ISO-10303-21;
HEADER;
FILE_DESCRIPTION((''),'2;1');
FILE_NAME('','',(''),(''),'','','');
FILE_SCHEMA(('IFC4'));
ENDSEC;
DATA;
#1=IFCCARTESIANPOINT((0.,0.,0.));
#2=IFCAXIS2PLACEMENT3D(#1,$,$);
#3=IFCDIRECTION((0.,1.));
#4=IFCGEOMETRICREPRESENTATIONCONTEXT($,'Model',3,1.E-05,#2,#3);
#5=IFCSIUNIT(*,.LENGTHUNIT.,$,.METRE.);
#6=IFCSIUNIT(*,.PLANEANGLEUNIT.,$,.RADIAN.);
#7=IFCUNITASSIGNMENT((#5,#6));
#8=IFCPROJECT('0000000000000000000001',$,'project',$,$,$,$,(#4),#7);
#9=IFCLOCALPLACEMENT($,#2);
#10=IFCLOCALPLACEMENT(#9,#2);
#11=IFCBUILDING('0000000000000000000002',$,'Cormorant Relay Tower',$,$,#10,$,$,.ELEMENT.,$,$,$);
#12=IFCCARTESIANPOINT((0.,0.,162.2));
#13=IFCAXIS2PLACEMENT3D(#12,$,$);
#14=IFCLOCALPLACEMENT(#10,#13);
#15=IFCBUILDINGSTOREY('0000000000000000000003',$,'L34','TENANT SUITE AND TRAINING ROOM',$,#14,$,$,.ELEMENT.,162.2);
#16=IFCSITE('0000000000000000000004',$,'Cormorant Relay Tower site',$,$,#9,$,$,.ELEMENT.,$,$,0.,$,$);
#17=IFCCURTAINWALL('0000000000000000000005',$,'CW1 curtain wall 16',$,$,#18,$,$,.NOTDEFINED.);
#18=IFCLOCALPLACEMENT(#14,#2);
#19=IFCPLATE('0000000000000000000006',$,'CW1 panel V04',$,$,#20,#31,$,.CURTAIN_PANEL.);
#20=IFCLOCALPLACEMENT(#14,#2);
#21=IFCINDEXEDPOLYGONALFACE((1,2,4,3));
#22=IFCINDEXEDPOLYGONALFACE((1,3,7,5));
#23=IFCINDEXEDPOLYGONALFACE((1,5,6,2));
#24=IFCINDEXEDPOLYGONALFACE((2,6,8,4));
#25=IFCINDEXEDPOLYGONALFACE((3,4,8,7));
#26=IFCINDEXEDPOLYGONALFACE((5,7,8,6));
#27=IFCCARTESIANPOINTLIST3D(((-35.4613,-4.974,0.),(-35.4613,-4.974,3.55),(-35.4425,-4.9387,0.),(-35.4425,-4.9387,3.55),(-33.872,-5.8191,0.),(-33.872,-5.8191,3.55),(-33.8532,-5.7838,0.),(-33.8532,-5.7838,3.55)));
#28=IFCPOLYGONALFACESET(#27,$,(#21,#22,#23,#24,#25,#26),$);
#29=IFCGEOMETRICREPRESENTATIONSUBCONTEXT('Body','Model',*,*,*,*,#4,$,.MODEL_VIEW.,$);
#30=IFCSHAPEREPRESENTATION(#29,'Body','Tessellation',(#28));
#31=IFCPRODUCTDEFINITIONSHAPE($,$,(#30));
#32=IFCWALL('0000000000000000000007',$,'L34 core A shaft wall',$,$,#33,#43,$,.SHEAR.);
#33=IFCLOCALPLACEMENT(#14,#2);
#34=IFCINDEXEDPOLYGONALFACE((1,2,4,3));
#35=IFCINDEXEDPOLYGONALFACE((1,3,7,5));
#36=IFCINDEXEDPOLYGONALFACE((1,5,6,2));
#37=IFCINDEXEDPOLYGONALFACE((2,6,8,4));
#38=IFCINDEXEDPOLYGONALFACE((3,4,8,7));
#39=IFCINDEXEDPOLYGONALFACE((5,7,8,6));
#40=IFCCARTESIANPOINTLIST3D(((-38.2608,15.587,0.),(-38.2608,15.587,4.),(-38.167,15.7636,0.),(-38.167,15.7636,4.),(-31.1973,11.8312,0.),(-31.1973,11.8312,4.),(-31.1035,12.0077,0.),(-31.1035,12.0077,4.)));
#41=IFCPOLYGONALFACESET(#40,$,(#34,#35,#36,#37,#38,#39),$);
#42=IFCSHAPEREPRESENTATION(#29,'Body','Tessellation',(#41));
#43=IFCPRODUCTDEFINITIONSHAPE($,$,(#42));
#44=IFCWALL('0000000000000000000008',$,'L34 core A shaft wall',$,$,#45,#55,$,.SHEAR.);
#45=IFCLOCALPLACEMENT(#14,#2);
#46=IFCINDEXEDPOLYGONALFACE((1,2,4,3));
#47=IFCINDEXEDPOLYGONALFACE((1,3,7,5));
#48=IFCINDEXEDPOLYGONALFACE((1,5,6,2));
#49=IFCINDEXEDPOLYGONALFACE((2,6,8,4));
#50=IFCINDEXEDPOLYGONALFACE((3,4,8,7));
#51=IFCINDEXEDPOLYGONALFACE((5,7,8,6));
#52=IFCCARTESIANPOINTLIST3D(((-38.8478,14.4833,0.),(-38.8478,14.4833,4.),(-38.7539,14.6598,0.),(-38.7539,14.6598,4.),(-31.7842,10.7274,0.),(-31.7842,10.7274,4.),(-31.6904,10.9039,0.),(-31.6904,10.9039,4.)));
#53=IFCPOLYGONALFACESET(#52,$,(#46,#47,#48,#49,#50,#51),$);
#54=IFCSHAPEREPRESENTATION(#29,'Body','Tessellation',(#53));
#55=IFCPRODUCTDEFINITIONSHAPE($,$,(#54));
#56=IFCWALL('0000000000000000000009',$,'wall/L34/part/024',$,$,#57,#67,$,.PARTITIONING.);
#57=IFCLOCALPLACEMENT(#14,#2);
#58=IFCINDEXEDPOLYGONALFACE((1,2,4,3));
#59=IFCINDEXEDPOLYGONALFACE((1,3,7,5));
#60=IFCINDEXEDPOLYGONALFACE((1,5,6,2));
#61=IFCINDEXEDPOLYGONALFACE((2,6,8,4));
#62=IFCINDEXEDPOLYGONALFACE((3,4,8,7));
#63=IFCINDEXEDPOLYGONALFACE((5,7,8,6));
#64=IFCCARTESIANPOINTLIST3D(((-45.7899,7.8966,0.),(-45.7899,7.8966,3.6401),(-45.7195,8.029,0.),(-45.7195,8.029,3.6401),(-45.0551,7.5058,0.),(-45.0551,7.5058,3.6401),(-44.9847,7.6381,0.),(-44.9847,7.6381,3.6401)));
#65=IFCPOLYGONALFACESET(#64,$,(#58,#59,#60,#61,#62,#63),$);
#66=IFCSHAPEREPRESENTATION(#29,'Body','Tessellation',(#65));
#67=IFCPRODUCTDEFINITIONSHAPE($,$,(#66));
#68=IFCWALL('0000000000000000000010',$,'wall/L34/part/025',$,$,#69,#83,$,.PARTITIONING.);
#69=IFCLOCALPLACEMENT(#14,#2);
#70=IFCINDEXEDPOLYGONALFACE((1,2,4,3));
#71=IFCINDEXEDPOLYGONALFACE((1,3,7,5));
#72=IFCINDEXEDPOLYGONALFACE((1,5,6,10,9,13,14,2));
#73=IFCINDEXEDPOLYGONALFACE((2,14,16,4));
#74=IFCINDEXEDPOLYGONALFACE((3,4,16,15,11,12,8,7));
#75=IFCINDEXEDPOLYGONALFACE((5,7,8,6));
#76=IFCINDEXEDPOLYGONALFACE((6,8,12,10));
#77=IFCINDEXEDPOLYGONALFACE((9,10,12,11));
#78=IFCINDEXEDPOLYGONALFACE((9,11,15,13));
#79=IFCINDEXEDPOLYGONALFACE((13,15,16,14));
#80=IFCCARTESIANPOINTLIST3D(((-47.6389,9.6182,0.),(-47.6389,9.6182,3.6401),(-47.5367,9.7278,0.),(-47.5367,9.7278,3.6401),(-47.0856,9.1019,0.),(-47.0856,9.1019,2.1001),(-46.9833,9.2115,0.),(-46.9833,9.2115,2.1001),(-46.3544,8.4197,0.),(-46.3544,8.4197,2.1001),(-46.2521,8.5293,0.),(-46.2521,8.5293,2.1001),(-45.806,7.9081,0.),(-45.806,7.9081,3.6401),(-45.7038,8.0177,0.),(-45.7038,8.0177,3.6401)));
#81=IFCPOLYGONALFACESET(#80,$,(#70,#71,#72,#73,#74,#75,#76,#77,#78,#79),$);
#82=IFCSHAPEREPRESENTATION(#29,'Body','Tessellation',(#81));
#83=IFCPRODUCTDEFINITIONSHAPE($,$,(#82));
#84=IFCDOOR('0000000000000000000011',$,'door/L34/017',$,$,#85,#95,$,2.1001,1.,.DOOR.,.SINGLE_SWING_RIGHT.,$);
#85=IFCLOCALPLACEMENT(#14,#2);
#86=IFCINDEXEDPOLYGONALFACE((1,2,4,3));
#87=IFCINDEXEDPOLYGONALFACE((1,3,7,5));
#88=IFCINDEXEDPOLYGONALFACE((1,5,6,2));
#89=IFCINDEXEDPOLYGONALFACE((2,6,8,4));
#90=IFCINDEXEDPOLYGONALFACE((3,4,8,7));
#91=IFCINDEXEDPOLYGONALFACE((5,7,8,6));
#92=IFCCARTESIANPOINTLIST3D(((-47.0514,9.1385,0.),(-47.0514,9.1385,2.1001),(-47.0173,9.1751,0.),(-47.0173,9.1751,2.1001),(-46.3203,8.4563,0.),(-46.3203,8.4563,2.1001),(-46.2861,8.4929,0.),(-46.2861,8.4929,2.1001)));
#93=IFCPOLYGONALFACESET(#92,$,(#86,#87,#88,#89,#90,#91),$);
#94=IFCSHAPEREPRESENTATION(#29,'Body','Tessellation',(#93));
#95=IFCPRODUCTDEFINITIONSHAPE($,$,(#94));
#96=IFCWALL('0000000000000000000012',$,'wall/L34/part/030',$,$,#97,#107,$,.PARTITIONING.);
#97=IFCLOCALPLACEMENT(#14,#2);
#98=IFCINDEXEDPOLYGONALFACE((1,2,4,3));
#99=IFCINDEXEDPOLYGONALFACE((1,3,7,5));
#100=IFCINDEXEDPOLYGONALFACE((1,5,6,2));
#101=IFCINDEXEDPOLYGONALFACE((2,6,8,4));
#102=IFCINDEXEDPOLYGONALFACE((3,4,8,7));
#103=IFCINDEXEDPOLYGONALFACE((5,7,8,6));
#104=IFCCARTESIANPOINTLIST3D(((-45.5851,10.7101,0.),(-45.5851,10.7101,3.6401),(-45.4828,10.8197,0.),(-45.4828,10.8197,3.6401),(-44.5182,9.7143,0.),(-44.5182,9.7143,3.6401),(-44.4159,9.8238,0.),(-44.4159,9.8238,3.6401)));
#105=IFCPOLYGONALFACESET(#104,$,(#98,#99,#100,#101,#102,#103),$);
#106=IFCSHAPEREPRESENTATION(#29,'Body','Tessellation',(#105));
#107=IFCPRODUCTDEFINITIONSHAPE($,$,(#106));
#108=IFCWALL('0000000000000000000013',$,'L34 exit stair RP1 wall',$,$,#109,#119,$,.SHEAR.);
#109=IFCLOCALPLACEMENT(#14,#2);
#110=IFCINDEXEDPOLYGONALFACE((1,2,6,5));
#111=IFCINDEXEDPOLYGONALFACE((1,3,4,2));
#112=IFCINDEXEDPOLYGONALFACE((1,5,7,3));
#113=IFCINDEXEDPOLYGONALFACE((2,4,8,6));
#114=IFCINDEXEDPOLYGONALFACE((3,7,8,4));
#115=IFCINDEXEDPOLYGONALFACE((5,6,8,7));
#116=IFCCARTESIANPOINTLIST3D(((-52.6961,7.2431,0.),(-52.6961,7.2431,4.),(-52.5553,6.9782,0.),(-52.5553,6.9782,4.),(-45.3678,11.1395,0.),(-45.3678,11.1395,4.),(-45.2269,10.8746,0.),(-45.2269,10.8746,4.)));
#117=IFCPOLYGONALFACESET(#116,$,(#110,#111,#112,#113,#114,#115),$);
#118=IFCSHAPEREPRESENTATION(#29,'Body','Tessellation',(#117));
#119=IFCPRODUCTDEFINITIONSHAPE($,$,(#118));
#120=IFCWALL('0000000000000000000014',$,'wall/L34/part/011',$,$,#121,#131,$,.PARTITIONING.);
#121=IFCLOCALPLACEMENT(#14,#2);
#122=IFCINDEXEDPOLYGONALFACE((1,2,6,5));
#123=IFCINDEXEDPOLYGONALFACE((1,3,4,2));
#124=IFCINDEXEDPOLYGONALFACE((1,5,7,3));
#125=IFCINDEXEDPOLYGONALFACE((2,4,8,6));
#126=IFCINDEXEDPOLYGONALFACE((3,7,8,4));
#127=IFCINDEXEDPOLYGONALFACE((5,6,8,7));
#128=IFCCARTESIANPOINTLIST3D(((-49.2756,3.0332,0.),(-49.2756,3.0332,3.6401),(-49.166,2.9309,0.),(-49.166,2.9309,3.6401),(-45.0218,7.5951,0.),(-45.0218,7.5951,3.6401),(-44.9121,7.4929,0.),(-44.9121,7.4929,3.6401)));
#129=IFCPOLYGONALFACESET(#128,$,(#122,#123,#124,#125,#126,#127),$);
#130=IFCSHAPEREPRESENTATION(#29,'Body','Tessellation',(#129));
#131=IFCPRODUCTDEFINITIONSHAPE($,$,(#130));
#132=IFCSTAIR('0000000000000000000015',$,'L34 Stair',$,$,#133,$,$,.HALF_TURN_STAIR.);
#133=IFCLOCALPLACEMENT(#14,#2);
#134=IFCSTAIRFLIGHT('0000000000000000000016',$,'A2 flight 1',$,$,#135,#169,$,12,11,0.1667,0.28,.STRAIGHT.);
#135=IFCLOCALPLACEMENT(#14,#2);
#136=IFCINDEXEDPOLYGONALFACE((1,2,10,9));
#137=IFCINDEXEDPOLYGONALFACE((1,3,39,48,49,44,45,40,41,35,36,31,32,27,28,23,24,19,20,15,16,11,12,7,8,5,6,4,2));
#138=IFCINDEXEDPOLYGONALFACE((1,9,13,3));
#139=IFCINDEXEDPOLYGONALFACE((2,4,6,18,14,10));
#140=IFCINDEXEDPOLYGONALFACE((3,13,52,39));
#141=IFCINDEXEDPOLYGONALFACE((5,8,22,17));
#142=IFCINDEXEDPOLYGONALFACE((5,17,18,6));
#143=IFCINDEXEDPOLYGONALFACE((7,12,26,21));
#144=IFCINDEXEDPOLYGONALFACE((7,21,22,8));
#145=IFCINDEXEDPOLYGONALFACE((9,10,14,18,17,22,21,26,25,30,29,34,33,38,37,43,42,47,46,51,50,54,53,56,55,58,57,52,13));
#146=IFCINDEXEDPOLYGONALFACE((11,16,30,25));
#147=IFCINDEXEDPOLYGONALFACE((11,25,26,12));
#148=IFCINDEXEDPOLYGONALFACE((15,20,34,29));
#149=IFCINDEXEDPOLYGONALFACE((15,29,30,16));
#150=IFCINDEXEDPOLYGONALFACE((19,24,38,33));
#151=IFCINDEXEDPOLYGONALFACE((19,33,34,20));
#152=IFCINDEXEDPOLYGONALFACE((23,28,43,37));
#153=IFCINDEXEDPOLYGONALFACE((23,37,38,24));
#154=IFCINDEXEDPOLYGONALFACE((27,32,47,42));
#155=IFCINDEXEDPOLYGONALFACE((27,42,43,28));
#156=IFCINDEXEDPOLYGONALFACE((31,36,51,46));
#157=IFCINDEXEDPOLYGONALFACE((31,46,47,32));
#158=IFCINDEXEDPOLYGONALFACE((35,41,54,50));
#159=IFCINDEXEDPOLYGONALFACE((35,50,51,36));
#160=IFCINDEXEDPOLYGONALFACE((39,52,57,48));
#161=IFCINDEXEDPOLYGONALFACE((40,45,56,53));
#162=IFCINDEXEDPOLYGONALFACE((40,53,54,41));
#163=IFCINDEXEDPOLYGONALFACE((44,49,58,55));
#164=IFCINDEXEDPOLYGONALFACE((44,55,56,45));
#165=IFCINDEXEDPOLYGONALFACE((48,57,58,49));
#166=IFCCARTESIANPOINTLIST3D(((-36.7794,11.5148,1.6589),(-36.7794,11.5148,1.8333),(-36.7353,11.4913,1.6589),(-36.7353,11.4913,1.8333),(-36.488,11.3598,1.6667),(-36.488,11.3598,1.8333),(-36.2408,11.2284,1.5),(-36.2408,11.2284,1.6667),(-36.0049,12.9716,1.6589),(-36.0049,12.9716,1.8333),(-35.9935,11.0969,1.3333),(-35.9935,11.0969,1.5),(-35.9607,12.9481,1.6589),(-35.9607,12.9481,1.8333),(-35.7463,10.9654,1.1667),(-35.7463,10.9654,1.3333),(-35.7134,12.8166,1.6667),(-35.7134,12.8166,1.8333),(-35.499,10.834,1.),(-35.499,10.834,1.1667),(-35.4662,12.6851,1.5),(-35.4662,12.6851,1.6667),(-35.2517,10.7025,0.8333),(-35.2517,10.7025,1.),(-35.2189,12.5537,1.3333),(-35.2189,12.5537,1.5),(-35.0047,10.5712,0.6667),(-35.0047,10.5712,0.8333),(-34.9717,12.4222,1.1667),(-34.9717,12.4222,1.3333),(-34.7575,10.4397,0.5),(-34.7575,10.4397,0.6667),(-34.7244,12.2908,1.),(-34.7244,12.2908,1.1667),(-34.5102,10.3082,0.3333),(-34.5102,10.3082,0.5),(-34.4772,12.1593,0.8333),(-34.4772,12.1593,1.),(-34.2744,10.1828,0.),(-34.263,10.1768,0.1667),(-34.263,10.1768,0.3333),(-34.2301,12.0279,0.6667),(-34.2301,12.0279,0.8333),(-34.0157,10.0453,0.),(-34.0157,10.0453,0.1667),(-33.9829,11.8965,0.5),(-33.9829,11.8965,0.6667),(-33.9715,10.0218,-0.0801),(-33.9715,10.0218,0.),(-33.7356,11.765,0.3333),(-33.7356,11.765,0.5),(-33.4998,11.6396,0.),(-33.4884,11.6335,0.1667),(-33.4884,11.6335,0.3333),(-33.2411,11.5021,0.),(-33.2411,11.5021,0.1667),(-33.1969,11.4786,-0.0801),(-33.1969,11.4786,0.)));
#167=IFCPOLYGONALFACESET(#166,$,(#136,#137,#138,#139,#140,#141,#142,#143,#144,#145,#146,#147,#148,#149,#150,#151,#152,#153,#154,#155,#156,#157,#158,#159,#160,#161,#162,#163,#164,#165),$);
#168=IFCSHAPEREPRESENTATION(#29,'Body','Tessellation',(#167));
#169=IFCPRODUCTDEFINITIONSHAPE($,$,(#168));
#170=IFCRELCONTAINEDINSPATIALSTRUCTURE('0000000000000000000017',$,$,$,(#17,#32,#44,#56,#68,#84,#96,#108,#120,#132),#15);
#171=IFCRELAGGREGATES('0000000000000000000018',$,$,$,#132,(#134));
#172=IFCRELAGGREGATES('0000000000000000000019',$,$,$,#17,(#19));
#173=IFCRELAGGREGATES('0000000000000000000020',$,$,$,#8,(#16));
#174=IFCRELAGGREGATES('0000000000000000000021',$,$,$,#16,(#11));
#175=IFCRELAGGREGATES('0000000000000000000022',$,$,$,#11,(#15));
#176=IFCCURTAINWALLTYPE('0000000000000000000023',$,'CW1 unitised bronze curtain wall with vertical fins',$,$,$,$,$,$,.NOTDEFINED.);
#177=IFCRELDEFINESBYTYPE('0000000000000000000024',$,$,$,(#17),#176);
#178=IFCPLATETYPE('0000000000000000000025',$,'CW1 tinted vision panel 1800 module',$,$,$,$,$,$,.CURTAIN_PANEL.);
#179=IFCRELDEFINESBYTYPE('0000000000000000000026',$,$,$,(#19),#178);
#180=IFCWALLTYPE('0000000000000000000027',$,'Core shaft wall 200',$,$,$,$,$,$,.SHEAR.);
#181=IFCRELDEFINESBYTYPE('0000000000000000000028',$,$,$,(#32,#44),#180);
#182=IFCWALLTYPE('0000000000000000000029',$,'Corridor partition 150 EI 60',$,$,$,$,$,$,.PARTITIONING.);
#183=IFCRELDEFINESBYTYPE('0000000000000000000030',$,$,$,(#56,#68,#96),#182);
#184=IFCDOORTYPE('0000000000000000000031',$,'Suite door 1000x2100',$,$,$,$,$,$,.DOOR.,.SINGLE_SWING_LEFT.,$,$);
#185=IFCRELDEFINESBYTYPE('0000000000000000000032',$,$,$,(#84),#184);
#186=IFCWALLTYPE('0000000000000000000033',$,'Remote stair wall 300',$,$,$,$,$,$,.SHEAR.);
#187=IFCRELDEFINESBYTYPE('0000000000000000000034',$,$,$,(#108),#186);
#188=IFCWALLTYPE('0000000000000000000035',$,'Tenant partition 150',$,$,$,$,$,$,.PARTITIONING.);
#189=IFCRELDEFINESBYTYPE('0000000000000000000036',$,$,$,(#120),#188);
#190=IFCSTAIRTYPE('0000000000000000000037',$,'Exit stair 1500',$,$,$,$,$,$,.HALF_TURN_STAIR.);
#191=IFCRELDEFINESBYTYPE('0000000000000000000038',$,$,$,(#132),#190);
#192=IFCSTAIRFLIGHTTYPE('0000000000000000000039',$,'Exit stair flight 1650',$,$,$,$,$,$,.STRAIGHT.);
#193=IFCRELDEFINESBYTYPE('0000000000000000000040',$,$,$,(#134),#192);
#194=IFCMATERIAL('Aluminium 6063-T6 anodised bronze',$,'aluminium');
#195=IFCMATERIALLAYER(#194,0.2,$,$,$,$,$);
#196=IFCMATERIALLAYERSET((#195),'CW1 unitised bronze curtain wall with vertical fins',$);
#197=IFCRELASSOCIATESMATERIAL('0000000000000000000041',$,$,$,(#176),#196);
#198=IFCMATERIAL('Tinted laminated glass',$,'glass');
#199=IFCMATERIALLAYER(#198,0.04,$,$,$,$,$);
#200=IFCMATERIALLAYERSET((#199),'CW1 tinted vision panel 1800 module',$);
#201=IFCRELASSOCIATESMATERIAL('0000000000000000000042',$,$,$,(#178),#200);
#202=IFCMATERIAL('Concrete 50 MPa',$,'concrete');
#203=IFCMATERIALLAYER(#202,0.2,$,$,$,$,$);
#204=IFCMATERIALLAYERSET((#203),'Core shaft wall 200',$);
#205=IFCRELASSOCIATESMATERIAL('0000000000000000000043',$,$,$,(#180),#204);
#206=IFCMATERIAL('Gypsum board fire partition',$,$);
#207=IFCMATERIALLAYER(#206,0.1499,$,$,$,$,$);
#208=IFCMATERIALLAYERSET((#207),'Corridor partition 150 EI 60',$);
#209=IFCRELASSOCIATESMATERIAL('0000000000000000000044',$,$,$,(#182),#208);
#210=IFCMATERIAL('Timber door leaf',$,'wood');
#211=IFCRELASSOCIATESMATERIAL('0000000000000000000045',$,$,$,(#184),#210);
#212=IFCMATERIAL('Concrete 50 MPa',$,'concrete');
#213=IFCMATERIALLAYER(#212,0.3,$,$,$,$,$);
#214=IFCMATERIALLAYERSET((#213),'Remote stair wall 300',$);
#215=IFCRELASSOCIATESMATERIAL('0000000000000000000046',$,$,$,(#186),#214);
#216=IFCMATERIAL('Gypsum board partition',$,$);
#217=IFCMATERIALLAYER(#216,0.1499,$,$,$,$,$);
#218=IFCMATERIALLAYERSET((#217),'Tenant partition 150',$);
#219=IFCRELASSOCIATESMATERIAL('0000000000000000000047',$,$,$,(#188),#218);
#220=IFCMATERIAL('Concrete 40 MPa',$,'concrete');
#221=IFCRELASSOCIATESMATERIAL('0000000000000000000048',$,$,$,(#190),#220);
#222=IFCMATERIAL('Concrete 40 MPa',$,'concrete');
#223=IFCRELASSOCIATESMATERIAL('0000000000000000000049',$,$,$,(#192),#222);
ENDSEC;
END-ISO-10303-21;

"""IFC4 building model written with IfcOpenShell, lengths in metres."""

from ifc_helpers import new_model, si_unit, direction, frame, frame_2d, origin, origin_2d, place, context, subcontext, project, spatial, polyline, rectangle, outline, extrude, material, layer, layer_set, type_object, element, fill, aggregate, save


model = new_model("IFC4")

# Units and contexts
model_context = context("Model", 3, precision=1e-05, world=origin(), true_north=direction((0.0, 1.0)))
body_context = subcontext(model_context, "Body", "Model", "MODEL_VIEW")
ifc_project = project(units=[si_unit("LENGTHUNIT", "METRE"), si_unit("PLANEANGLEUNIT", "RADIAN")], contexts=[model_context])

# Site, building, storey
site_placement = place(None, origin())
site = spatial("IfcSite", under=ifc_project, at=site_placement, Name="Cormorant Relay Tower site", CompositionType="ELEMENT", RefElevation=0.0)
building_placement = place(site_placement, origin())
building = spatial("IfcBuilding", under=site, at=building_placement, Name="Cormorant Relay Tower", CompositionType="ELEMENT")
storey_placement = place(building_placement, frame((0.0, 0.0, 162.2)))
storey = spatial("IfcBuildingStorey", under=building, at=storey_placement, Name="L34", Description="TENANT SUITE AND TRAINING ROOM", CompositionType="ELEMENT", Elevation=162.2)

# Curtain wall
ifc_material_1 = material(Name="Aluminium 6063-T6 anodised bronze", Category="aluminium")
ifc_layer_1 = layer(ifc_material_1, 0.2)
ifc_layer_set_1 = layer_set([ifc_layer_1], Name="CW1 unitised bronze curtain wall with vertical fins")
curtain_wall_type = type_object("IfcCurtainWallType", Name="CW1 unitised bronze curtain wall with vertical fins", PredefinedType="NOTDEFINED", material=ifc_layer_set_1)
curtain_wall_placement = place(storey_placement, origin())
curtain_wall = element("IfcCurtainWall", 1, at=curtain_wall_placement, inside=storey, type_object=curtain_wall_type, Name="CW1 curtain wall 16", PredefinedType="NOTDEFINED")

# Plate
ifc_material_2 = material(Name="Tinted laminated glass", Category="glass")
ifc_layer_2 = layer(ifc_material_2, 0.04)
ifc_layer_set_2 = layer_set([ifc_layer_2], Name="CW1 tinted vision panel 1800 module")
plate_type = type_object("IfcPlateType", Name="CW1 tinted vision panel 1800 module", PredefinedType="CURTAIN_PANEL", material=ifc_layer_set_2)
plate_1_placement = place(storey_placement, frame((-34.6572, -5.3789, 0.0), z_axis=(0.0, 0.0, 1.0), x_axis=(0.882948, -0.469472, 0.0)))
plate_1 = element("IfcPlate", 2, at=plate_1_placement, type_object=plate_type, Name="CW1 panel V04", PredefinedType="CURTAIN_PANEL", context=body_context, shape_type="SweptSolid", body=[
    extrude(rectangle(XDim=1.8, YDim=0.04, at=origin_2d()), origin(), (0.0, 0.0, 1.0), 3.55),
])

# Walls
ifc_material_3 = material(Name="Concrete 50 MPa", Category="concrete")
ifc_layer_3 = layer(ifc_material_3, 0.2)
ifc_layer_set_3 = layer_set([ifc_layer_3], Name="Core shaft wall 200")
wall_type_1 = type_object("IfcWallType", Name="Core shaft wall 200", PredefinedType="SHEAR", material=ifc_layer_set_3)
for number, where, z_axis, x_axis, name in (
    (3, (-31.1504, 11.9194, 0.0), (0.0, 0.0, 1.0), (-0.88294, 0.469485, 0.0), "L34 core A shaft wall"),
    (4, (-31.7373, 10.8157, 0.0), (0.0, 0.0, 1.0), (-0.88294, 0.469485, 0.0), "L34 core A shaft wall"),
):
    element("IfcWall", number, at=place(storey_placement, frame(where, z_axis=z_axis, x_axis=x_axis)), inside=storey, type_object=wall_type_1, Name=name, PredefinedType="SHEAR", context=body_context, shape_type="SweptSolid", body=[
        extrude(rectangle(XDim=8.0, YDim=0.2, at=frame_2d((4.0, 0.0))), origin(), (0.0, 0.0, 1.0), 4.0),
    ])
ifc_material_4 = material(Name="Gypsum board fire partition")
ifc_layer_4 = layer(ifc_material_4, 0.1499)
ifc_layer_set_4 = layer_set([ifc_layer_4], Name="Corridor partition 150 EI 60")
wall_type_2 = type_object("IfcWallType", Name="Corridor partition 150 EI 60", PredefinedType="PARTITIONING", material=ifc_layer_set_4)
wall_1_placement = place(storey_placement, frame((-45.02, 7.572, 0.0), z_axis=(0.0, 0.0, 1.0), x_axis=(-0.88288, 0.469598, 0.0)))
element("IfcWall", 5, at=wall_1_placement, inside=storey, type_object=wall_type_2, Name="wall/L34/part/024", PredefinedType="PARTITIONING", context=body_context, shape_type="SweptSolid", body=[
    extrude(rectangle(XDim=0.8323, YDim=0.1499, at=frame_2d((0.416, 0.0))), origin(), (0.0, 0.0, 1.0), 3.6401),
])

# Wall, opening, door
wall_2_placement = place(storey_placement, frame((-45.7549, 7.9629, 0.0), z_axis=(0.0, 0.0, 1.0), x_axis=(-0.731175, 0.68219, 0.0)))
wall_2 = element("IfcWall", 6, at=wall_2_placement, inside=storey, type_object=wall_type_2, Name="wall/L34/part/025", PredefinedType="PARTITIONING", context=body_context, shape_type="SweptSolid", body=[
    extrude(rectangle(XDim=2.5068, YDim=0.1499, at=frame_2d((1.2534, 0.0))), origin(), (0.0, 0.0, 1.0), 3.6401),
])
opening_placement = place(wall_2_placement, frame((0.75, 0.0, 0.0)))
opening = element("IfcOpeningElement", 7, at=opening_placement, cuts=wall_2, PredefinedType="OPENING", context=body_context, shape_type="SweptSolid", body=[
    extrude(rectangle(XDim=1.0, YDim=2.1001, at=frame_2d((0.5, 1.05))), frame((0.0, 0.085, 0.0), z_axis=(0.0, -1.0, 0.0), x_axis=(1.0, 0.0, 0.0)), (0.0, 0.0, 1.0), 0.1699),
])
ifc_material_5 = material(Name="Timber door leaf", Category="wood")
door_type = type_object("IfcDoorType", Name="Suite door 1000x2100", OperationType="SINGLE_SWING_LEFT", PredefinedType="DOOR", material=ifc_material_5)
door_placement = place(opening_placement, origin())
door = element("IfcDoor", 8, at=door_placement, inside=storey, type_object=door_type, Name="door/L34/017", OperationType="SINGLE_SWING_RIGHT", OverallHeight=2.1001, OverallWidth=1.0, PredefinedType="DOOR", context=body_context, shape_type="SweptSolid", body=[
    extrude(rectangle(XDim=1.0, YDim=2.1001, at=frame_2d((0.5, 1.05))), frame((0.0, 0.0249, 0.0), z_axis=(0.0, -1.0, 0.0), x_axis=(1.0, 0.0, 0.0)), (0.0, 0.0, 1.0), 0.05),
])
fill(opening, door)

# Walls
wall_3_placement = place(storey_placement, frame((-44.467, 9.769, 0.0), z_axis=(0.0, 0.0, 1.0), x_axis=(-0.731027, 0.682348, 0.0)))
element("IfcWall", 9, at=wall_3_placement, inside=storey, type_object=wall_type_2, Name="wall/L34/part/030", PredefinedType="PARTITIONING", context=body_context, shape_type="SweptSolid", body=[
    extrude(rectangle(XDim=1.4595, YDim=0.1499, at=frame_2d((0.7297, 0.0))), origin(), (0.0, 0.0, 1.0), 3.6401),
])
ifc_material_6 = material(Name="Concrete 50 MPa", Category="concrete")
ifc_layer_5 = layer(ifc_material_6, 0.3)
ifc_layer_set_5 = layer_set([ifc_layer_5], Name="Remote stair wall 300")
wall_type_3 = type_object("IfcWallType", Name="Remote stair wall 300", PredefinedType="SHEAR", material=ifc_layer_set_5)
wall_4_placement = place(storey_placement, frame((-45.2974, 11.0071, 0.0), z_axis=(0.0, 0.0, 1.0), x_axis=(-0.882952, -0.469464, 0.0)))
element("IfcWall", 10, at=wall_4_placement, inside=storey, type_object=wall_type_3, Name="L34 exit stair RP1 wall", PredefinedType="SHEAR", context=body_context, shape_type="SweptSolid", body=[
    extrude(rectangle(XDim=8.2998, YDim=0.3, at=frame_2d((4.1499, 0.0))), origin(), (0.0, 0.0, 1.0), 4.0),
])
ifc_material_7 = material(Name="Gypsum board partition")
ifc_layer_6 = layer(ifc_material_7, 0.1499)
ifc_layer_set_6 = layer_set([ifc_layer_6], Name="Tenant partition 150")
wall_type_4 = type_object("IfcWallType", Name="Tenant partition 150", PredefinedType="PARTITIONING", material=ifc_layer_set_6)
wall_5_placement = place(storey_placement, frame((-44.967, 7.5439, 0.0), z_axis=(0.0, 0.0, 1.0), x_axis=(-0.681978, -0.731373, 0.0)))
element("IfcWall", 11, at=wall_5_placement, inside=storey, type_object=wall_type_4, Name="wall/L34/part/011", PredefinedType="PARTITIONING", context=body_context, shape_type="SweptSolid", body=[
    extrude(rectangle(XDim=6.2375, YDim=0.1499, at=frame_2d((3.1187, 0.0))), origin(), (0.0, 0.0, 1.0), 3.6401),
])

# Stair, stair flight
ifc_material_8 = material(Name="Concrete 40 MPa", Category="concrete")
stair_type = type_object("IfcStairType", Name="Exit stair 1500", PredefinedType="HALF_TURN_STAIR", material=ifc_material_8)
stair_placement = place(storey_placement, origin())
stair = element("IfcStair", 12, at=stair_placement, inside=storey, type_object=stair_type, Name="L34 Stair", PredefinedType="HALF_TURN_STAIR")
ifc_material_9 = material(Name="Concrete 40 MPa", Category="concrete")
stair_flight_type = type_object("IfcStairFlightType", Name="Exit stair flight 1650", PredefinedType="STRAIGHT", material=ifc_material_9)
stair_flight_1_placement = place(storey_placement, frame((-33.6284, 10.7737, 0.0), z_axis=(0.0, 0.0, 1.0), x_axis=(-0.882948, 0.469472, 0.0)))
stair_flight_1 = element("IfcStairFlight", 13, at=stair_flight_1_placement, type_object=stair_flight_type, Name="A2 flight 1", NumberOfRisers=12, NumberOfTreads=11, PredefinedType="STRAIGHT", RiserHeight=0.1667, TreadLength=0.28, context=body_context, shape_type="SweptSolid", body=[
    extrude(outline(polyline([(-0.05, -0.0801), (-0.05, 0.0), (0.0, 0.0), (0.0, 0.1667), (0.28, 0.1667), (0.28, 0.3333), (0.5601, 0.3333), (0.5601, 0.5), (0.8401, 0.5), (0.8401, 0.6667), (1.1201, 0.6667), (1.1201, 0.8333), (1.3999, 0.8333), (1.3999, 1.0), (1.6799, 1.0), (1.6799, 1.1667), (1.96, 1.1667), (1.96, 1.3333), (2.24, 1.3333), (2.24, 1.5), (2.52, 1.5), (2.52, 1.6667), (2.8, 1.6667), (2.8, 1.8333), (3.0801, 1.8333), (3.1301, 1.8333), (3.1301, 1.6589), (3.0801, 1.6589), (0.293, 0.0), (-0.05, -0.0801)])), frame((0.0, 0.825, 0.0), z_axis=(0.0, -1.0, 0.0), x_axis=(1.0, 0.0, 0.0)), (0.0, 0.0, 1.0), 1.6499),
])
aggregate(stair, [stair_flight_1])

aggregate(curtain_wall, [plate_1])

save(model, "model.ifc")
